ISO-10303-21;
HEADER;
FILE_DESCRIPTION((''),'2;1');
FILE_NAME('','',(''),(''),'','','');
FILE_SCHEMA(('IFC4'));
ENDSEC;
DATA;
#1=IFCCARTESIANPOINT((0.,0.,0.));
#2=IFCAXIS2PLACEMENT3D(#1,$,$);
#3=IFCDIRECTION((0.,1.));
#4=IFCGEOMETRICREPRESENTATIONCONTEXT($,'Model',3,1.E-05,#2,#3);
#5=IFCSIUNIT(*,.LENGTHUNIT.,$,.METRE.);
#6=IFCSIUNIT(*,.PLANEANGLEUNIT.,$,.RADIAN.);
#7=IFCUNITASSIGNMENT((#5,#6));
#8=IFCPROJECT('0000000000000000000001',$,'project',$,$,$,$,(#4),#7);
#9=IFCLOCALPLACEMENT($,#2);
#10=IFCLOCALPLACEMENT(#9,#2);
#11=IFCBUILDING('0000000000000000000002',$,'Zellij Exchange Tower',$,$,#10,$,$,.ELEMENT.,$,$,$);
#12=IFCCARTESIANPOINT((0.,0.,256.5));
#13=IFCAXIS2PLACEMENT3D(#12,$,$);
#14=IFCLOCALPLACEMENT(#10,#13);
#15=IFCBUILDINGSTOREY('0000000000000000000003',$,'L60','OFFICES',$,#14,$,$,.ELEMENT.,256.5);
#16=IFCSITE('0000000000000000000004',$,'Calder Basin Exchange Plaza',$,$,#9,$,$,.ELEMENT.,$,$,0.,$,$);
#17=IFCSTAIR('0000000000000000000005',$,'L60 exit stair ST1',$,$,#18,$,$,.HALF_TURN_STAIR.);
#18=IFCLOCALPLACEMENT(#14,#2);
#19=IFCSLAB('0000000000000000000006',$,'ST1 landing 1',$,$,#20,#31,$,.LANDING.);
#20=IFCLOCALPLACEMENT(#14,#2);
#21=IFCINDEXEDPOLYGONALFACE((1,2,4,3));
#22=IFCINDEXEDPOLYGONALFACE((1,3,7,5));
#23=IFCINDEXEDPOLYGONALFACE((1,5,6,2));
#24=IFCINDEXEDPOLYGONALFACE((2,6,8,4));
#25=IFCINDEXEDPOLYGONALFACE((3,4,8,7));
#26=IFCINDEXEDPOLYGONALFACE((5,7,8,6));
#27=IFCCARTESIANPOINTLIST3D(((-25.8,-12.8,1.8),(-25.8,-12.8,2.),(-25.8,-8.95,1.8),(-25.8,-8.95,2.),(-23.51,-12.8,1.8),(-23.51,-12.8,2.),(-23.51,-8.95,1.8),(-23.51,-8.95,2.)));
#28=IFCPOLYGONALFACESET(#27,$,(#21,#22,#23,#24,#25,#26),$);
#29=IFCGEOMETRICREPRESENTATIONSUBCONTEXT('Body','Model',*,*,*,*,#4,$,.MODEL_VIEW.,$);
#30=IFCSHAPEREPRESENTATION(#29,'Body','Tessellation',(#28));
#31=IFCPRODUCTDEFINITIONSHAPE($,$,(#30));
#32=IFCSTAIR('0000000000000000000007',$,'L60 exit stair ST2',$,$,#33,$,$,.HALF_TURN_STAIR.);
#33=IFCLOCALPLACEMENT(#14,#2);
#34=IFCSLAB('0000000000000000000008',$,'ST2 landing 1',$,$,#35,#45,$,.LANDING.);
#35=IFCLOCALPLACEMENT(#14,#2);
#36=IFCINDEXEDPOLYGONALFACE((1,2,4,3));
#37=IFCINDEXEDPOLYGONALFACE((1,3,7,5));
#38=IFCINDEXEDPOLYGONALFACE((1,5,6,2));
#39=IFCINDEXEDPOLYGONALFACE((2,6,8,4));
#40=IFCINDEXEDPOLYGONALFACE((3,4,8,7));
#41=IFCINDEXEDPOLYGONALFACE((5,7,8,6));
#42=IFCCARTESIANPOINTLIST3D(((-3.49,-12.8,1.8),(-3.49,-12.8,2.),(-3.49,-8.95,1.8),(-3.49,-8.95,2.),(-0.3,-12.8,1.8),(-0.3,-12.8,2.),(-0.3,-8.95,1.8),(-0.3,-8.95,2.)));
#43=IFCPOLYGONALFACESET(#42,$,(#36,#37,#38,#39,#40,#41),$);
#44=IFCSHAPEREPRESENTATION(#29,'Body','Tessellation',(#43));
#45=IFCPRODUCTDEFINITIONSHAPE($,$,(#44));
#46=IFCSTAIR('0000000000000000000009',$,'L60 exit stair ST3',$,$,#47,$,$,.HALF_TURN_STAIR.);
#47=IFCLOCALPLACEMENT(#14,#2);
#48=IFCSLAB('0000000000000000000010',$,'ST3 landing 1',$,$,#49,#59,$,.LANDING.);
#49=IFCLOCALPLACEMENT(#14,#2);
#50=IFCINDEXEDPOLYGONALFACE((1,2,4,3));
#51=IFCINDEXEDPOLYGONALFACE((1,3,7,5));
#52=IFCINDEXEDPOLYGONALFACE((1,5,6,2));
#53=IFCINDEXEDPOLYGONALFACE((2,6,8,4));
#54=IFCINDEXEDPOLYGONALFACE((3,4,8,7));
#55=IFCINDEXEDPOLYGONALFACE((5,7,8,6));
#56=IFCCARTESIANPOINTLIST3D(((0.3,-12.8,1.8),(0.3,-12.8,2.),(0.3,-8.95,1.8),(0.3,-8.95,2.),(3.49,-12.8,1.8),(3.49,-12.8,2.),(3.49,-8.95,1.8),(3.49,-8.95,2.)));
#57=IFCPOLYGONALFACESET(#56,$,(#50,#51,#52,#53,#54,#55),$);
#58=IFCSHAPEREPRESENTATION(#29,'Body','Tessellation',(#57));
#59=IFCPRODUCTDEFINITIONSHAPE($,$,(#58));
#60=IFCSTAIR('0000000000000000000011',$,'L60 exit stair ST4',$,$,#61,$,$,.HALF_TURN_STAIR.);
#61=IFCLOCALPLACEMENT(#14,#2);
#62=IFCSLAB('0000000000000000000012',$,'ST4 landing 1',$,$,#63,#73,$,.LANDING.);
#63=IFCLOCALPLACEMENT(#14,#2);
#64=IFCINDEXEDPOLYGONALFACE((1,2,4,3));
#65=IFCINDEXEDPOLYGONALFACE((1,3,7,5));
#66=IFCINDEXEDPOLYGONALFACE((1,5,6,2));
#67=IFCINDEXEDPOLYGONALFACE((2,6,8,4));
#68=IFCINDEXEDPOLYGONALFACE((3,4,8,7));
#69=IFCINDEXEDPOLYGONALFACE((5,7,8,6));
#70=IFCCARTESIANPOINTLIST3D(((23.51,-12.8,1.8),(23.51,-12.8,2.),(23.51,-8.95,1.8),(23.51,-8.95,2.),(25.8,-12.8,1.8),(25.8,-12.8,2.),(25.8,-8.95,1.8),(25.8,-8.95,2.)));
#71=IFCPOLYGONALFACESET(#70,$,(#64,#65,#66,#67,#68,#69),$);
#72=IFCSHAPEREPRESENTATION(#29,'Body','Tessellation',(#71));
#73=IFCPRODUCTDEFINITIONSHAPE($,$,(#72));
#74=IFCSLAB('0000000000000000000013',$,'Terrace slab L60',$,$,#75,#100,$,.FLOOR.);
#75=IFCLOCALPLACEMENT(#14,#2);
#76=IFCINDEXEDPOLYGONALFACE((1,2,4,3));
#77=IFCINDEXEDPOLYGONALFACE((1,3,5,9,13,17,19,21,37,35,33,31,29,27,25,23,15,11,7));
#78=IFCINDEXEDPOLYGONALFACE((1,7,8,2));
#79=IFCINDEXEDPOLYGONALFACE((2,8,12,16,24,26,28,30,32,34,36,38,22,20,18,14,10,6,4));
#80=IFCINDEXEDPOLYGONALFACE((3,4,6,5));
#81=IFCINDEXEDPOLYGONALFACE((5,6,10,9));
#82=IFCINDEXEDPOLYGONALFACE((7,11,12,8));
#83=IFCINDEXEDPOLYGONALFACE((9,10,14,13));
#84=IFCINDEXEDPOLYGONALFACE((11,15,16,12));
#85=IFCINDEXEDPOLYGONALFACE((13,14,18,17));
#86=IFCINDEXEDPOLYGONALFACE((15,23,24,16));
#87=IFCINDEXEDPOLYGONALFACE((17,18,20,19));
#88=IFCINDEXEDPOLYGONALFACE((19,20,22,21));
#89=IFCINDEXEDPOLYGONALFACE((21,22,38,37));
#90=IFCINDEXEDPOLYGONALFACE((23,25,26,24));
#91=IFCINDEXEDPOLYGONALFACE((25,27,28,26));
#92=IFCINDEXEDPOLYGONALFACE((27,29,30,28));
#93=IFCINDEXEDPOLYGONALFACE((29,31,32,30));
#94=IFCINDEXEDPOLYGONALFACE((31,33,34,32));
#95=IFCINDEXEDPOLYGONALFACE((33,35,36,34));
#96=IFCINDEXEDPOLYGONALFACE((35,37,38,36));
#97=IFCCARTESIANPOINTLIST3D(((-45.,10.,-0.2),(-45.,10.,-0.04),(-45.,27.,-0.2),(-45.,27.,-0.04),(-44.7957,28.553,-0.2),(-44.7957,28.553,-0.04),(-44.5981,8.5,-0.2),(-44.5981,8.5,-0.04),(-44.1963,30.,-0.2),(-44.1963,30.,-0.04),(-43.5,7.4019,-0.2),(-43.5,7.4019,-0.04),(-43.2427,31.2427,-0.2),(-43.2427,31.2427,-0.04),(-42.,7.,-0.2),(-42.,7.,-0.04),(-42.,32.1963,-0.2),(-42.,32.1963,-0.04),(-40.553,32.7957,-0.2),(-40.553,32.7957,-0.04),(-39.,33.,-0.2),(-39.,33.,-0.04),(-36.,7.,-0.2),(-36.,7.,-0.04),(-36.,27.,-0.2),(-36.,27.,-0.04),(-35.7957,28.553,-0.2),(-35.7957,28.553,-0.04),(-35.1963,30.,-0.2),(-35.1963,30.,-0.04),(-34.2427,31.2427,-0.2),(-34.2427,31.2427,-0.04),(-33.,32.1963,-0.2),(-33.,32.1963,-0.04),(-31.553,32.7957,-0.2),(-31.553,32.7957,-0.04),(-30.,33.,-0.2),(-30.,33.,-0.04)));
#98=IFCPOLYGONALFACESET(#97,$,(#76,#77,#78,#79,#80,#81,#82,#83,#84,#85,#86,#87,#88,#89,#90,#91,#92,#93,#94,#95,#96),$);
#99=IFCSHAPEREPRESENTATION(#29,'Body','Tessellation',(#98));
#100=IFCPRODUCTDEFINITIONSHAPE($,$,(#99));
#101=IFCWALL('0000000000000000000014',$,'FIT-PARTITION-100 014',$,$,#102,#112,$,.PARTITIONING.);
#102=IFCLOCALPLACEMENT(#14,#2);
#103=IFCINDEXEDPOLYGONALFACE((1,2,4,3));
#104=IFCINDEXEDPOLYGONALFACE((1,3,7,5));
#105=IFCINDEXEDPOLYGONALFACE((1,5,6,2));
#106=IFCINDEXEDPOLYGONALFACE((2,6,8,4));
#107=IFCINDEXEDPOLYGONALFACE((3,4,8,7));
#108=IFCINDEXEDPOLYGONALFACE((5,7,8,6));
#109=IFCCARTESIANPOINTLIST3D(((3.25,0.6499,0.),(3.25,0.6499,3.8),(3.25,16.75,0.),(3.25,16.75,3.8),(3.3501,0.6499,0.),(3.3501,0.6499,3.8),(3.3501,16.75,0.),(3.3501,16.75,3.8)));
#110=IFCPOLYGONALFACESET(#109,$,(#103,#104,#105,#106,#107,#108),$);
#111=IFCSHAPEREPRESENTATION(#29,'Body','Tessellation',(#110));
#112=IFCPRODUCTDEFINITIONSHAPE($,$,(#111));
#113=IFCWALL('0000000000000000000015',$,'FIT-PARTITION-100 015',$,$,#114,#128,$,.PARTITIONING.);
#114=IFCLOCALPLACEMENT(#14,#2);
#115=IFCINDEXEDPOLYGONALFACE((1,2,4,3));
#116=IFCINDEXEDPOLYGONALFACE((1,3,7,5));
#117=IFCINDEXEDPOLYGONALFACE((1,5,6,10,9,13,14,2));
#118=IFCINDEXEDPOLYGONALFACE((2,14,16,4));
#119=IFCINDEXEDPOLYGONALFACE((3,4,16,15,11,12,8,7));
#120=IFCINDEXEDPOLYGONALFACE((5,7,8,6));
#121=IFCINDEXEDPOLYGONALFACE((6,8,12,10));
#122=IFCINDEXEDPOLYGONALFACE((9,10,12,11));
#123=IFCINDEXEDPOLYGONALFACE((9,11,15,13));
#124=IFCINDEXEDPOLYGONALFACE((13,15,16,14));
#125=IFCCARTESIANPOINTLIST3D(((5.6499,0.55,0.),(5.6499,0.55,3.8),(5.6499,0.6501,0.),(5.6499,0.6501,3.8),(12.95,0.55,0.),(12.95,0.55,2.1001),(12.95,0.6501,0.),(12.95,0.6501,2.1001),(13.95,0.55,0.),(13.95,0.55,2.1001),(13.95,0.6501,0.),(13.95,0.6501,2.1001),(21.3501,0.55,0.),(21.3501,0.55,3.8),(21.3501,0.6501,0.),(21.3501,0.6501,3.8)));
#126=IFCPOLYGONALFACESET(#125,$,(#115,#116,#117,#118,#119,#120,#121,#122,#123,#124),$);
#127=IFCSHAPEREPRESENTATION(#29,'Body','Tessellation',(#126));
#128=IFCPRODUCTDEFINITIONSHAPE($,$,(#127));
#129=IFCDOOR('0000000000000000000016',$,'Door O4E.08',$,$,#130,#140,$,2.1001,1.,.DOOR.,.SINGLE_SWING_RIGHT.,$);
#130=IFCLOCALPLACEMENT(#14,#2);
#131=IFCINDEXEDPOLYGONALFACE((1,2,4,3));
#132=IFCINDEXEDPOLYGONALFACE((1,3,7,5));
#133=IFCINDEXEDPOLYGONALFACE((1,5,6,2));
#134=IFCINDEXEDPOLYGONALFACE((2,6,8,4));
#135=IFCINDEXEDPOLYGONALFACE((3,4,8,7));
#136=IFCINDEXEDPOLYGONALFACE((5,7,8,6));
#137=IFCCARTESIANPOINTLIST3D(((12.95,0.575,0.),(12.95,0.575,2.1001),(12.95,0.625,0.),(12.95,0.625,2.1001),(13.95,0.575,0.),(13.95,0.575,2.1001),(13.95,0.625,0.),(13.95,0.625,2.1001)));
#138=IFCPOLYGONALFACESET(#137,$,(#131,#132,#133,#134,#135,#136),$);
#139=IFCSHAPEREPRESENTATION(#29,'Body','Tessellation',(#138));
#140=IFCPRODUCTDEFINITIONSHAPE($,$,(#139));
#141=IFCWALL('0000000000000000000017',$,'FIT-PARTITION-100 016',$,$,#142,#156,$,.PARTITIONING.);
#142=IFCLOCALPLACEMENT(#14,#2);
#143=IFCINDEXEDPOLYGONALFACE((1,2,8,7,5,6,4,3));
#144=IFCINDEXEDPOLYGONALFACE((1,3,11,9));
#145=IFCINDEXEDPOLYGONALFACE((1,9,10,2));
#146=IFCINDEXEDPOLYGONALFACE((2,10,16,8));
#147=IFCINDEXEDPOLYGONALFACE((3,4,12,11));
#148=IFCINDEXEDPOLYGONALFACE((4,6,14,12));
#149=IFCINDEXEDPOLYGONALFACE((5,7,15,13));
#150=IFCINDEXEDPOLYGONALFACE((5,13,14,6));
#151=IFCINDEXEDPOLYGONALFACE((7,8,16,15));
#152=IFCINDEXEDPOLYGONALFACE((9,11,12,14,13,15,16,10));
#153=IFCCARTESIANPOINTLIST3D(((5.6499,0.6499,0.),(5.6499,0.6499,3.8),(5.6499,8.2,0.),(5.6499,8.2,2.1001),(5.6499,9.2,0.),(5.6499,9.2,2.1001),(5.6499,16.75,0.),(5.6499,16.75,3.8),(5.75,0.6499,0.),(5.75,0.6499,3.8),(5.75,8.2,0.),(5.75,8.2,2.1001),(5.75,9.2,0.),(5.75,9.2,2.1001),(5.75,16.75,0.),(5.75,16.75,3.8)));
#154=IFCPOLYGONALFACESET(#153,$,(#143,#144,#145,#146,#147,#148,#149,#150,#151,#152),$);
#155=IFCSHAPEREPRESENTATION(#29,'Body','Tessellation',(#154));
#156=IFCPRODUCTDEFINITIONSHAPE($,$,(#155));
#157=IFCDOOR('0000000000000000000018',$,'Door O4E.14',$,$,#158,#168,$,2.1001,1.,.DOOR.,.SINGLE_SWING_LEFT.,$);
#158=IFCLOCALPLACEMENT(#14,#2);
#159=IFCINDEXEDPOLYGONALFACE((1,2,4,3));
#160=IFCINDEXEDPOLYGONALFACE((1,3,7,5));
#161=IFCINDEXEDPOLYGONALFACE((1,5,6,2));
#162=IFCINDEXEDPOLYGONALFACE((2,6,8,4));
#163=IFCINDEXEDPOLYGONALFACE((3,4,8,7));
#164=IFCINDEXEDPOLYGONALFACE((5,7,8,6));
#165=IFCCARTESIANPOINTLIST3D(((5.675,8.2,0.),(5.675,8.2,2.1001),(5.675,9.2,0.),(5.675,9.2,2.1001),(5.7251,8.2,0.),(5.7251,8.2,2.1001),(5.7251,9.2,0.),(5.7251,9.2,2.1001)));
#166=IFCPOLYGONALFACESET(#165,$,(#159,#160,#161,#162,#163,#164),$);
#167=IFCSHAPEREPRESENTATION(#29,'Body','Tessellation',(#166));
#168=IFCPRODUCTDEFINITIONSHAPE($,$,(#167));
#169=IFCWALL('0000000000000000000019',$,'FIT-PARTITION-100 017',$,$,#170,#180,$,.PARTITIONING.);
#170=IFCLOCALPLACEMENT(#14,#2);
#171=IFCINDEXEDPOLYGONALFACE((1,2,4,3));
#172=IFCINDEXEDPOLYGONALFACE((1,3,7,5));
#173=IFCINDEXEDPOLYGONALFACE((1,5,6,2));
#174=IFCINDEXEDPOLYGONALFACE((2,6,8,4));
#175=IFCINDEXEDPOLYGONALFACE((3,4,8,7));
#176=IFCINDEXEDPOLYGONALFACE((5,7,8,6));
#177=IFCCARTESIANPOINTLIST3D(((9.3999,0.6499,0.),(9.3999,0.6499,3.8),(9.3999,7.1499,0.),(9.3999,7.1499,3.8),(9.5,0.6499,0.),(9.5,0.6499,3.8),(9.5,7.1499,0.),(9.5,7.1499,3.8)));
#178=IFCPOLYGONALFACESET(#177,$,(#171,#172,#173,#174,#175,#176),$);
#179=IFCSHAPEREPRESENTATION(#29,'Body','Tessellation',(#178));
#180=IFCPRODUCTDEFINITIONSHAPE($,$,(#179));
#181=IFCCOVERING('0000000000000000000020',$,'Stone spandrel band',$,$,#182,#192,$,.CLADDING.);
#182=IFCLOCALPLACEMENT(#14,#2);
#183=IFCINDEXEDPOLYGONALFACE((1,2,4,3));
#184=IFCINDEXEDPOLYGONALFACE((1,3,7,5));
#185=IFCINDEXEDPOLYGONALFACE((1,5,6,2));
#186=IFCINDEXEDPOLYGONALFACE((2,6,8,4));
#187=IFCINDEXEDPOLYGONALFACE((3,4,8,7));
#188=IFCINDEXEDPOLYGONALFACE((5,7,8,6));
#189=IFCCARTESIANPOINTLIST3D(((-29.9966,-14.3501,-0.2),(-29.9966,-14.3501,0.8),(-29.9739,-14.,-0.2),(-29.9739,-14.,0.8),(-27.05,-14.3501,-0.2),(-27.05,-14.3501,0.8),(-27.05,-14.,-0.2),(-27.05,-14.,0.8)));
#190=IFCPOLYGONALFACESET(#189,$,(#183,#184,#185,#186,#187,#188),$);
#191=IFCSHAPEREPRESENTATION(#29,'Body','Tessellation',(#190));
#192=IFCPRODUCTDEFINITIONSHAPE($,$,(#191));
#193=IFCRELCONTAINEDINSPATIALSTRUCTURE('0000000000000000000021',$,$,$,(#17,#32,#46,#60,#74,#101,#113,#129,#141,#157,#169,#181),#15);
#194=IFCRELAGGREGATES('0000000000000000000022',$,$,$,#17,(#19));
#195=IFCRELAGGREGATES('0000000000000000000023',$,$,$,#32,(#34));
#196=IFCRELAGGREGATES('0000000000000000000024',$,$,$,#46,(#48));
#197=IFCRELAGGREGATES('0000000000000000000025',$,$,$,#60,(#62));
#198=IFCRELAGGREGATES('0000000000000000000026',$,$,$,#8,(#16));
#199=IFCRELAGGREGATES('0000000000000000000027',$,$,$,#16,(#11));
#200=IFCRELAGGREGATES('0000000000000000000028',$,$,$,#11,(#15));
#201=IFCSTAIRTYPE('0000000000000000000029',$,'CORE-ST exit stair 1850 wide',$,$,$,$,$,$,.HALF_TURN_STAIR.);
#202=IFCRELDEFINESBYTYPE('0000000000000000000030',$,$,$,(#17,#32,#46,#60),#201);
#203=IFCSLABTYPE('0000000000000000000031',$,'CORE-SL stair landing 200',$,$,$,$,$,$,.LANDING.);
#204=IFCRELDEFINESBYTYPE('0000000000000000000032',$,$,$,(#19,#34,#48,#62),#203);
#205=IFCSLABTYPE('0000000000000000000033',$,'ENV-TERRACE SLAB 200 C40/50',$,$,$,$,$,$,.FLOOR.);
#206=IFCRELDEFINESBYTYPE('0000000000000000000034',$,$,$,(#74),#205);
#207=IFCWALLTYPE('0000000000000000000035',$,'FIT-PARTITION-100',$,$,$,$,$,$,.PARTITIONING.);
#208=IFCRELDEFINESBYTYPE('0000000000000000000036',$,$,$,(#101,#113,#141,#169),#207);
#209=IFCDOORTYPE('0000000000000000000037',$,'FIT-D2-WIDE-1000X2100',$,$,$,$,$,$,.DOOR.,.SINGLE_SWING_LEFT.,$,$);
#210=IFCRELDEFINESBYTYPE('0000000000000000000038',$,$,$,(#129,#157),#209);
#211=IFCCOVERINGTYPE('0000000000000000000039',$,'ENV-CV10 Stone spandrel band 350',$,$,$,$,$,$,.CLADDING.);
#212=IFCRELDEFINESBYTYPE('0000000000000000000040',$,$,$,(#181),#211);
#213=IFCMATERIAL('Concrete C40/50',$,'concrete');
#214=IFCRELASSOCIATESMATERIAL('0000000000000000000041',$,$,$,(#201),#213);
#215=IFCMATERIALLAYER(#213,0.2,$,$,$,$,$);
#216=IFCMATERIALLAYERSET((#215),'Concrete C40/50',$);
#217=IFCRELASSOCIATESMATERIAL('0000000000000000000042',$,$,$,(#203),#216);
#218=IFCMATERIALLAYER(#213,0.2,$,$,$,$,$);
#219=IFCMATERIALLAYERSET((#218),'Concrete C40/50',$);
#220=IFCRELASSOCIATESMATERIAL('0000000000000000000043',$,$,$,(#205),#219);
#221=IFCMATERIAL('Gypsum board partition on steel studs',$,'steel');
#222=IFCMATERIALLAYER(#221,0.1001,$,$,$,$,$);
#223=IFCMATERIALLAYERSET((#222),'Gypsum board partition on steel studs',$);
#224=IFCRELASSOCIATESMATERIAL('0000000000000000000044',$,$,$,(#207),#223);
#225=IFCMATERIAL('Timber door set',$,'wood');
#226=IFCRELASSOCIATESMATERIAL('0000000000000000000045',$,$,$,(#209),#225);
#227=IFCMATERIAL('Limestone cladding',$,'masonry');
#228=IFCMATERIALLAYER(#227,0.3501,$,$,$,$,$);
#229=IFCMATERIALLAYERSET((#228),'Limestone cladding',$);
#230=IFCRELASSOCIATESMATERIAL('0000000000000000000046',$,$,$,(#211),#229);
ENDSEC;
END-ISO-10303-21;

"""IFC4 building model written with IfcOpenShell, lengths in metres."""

from ifc_helpers import new_model, si_unit, direction, frame, frame_2d, origin, place, context, subcontext, project, spatial, polyline, rectangle, outline, extrude, material, layer, layer_set, type_object, element, fill, aggregate, save


model = new_model("IFC4")

# Units and contexts
model_context = context("Model", 3, precision=1e-05, world=origin(), true_north=direction((0.0, 1.0)))
body_context = subcontext(model_context, "Body", "Model", "MODEL_VIEW")
ifc_project = project(units=[si_unit("LENGTHUNIT", "METRE"), si_unit("PLANEANGLEUNIT", "RADIAN")], contexts=[model_context])

# Site, building, storey
site_placement = place(None, origin())
site = spatial("IfcSite", under=ifc_project, at=site_placement, Name="Calder Basin Exchange Plaza", CompositionType="ELEMENT", RefElevation=0.0)
building_placement = place(site_placement, origin())
building = spatial("IfcBuilding", under=site, at=building_placement, Name="Zellij Exchange Tower", CompositionType="ELEMENT")
storey_placement = place(building_placement, frame((0.0, 0.0, 256.5)))
storey = spatial("IfcBuildingStorey", under=building, at=storey_placement, Name="L60", Description="OFFICES", CompositionType="ELEMENT", Elevation=256.5)

# Stairs, slabs
ifc_material_1 = material(Name="Concrete C40/50", Category="concrete")
stair_type = type_object("IfcStairType", Name="CORE-ST exit stair 1850 wide", PredefinedType="HALF_TURN_STAIR", material=ifc_material_1)
stair_1_placement = place(storey_placement, origin())
stair_1 = element("IfcStair", 1, at=stair_1_placement, inside=storey, type_object=stair_type, Name="L60 exit stair ST1", PredefinedType="HALF_TURN_STAIR")
ifc_layer_1 = layer(ifc_material_1, 0.2)
ifc_layer_set_1 = layer_set([ifc_layer_1], Name="Concrete C40/50")
slab_type_1 = type_object("IfcSlabType", Name="CORE-SL stair landing 200", PredefinedType="LANDING", material=ifc_layer_set_1)
slab_1_placement = place(storey_placement, frame((0.0, 0.0, 1.8)))
slab_1 = element("IfcSlab", 2, at=slab_1_placement, type_object=slab_type_1, Name="ST1 landing 1", PredefinedType="LANDING", context=body_context, shape_type="SweptSolid", body=[
    extrude(outline(polyline([(-23.51, -8.95), (-25.8, -8.95), (-25.8, -12.8), (-23.51, -12.8), (-23.51, -8.95)])), origin(), (0.0, 0.0, 1.0), 0.2),
])
aggregate(stair_1, [slab_1])
stair_2_placement = place(storey_placement, origin())
stair_2 = element("IfcStair", 3, at=stair_2_placement, inside=storey, type_object=stair_type, Name="L60 exit stair ST2", PredefinedType="HALF_TURN_STAIR")
slab_2_placement = place(storey_placement, frame((0.0, 0.0, 1.8)))
slab_2 = element("IfcSlab", 4, at=slab_2_placement, type_object=slab_type_1, Name="ST2 landing 1", PredefinedType="LANDING", context=body_context, shape_type="SweptSolid", body=[
    extrude(outline(polyline([(-3.49, -12.8), (-0.3, -12.8), (-0.3, -8.95), (-3.49, -8.95), (-3.49, -12.8)])), origin(), (0.0, 0.0, 1.0), 0.2),
])
aggregate(stair_2, [slab_2])
stair_3_placement = place(storey_placement, origin())
stair_3 = element("IfcStair", 5, at=stair_3_placement, inside=storey, type_object=stair_type, Name="L60 exit stair ST3", PredefinedType="HALF_TURN_STAIR")
slab_3_placement = place(storey_placement, frame((0.0, 0.0, 1.8)))
slab_3 = element("IfcSlab", 6, at=slab_3_placement, type_object=slab_type_1, Name="ST3 landing 1", PredefinedType="LANDING", context=body_context, shape_type="SweptSolid", body=[
    extrude(outline(polyline([(3.49, -8.95), (0.3, -8.95), (0.3, -12.8), (3.49, -12.8), (3.49, -8.95)])), origin(), (0.0, 0.0, 1.0), 0.2),
])
aggregate(stair_3, [slab_3])
stair_4_placement = place(storey_placement, origin())
stair_4 = element("IfcStair", 7, at=stair_4_placement, inside=storey, type_object=stair_type, Name="L60 exit stair ST4", PredefinedType="HALF_TURN_STAIR")
slab_4_placement = place(storey_placement, frame((0.0, 0.0, 1.8)))
slab_4 = element("IfcSlab", 8, at=slab_4_placement, type_object=slab_type_1, Name="ST4 landing 1", PredefinedType="LANDING", context=body_context, shape_type="SweptSolid", body=[
    extrude(outline(polyline([(23.51, -12.8), (25.8, -12.8), (25.8, -8.95), (23.51, -8.95), (23.51, -12.8)])), origin(), (0.0, 0.0, 1.0), 0.2),
])
aggregate(stair_4, [slab_4])

# Slab
ifc_layer_2 = layer(ifc_material_1, 0.2)
ifc_layer_set_2 = layer_set([ifc_layer_2], Name="Concrete C40/50")
slab_type_2 = type_object("IfcSlabType", Name="ENV-TERRACE SLAB 200 C40/50", PredefinedType="FLOOR", material=ifc_layer_set_2)
slab_5_placement = place(storey_placement, frame((0.0, 0.0, -0.2)))
element("IfcSlab", 9, at=slab_5_placement, inside=storey, type_object=slab_type_2, Name="Terrace slab L60", PredefinedType="FLOOR", context=body_context, shape_type="SweptSolid", body=[
    extrude(outline(polyline([(-44.5981, 8.5), (-43.5, 7.4019), (-42.0, 7.0), (-36.0, 7.0), (-36.0, 27.0), (-35.7957, 28.553), (-35.1963, 30.0), (-34.2427, 31.2427), (-33.0, 32.1963), (-31.553, 32.7957), (-30.0, 33.0), (-39.0, 33.0), (-40.553, 32.7957), (-42.0, 32.1963), (-43.2427, 31.2427), (-44.1963, 30.0), (-44.7957, 28.553), (-45.0, 27.0), (-45.0, 10.0), (-44.5981, 8.5)])), origin(), (0.0, 0.0, 1.0), 0.1599),
])

# Wall
ifc_material_2 = material(Name="Gypsum board partition on steel studs", Category="steel")
ifc_layer_3 = layer(ifc_material_2, 0.1001)
ifc_layer_set_3 = layer_set([ifc_layer_3], Name="Gypsum board partition on steel studs")
wall_type = type_object("IfcWallType", Name="FIT-PARTITION-100", PredefinedType="PARTITIONING", material=ifc_layer_set_3)
wall_1_placement = place(storey_placement, frame((3.3, 0.6499, 0.0), z_axis=(0.0, 0.0, 1.0), x_axis=(0.0, 1.0, 0.0)))
element("IfcWall", 10, at=wall_1_placement, inside=storey, type_object=wall_type, Name="FIT-PARTITION-100 014", PredefinedType="PARTITIONING", context=body_context, shape_type="SweptSolid", body=[
    extrude(rectangle(XDim=16.1001, YDim=0.1001, at=frame_2d((8.05, 0.0))), origin(), (0.0, 0.0, 1.0), 3.8),
])

# Walls, openings, doors
wall_2_placement = place(storey_placement, frame((5.6499, 0.6001, 0.0), z_axis=(0.0, 0.0, 1.0), x_axis=(1.0, 0.0, 0.0)))
wall_2 = element("IfcWall", 11, at=wall_2_placement, inside=storey, type_object=wall_type, Name="FIT-PARTITION-100 015", PredefinedType="PARTITIONING", context=body_context, shape_type="SweptSolid", body=[
    extrude(rectangle(XDim=15.7002, YDim=0.1001, at=frame_2d((7.8501, 0.0))), origin(), (0.0, 0.0, 1.0), 3.8),
])
opening_1_placement = place(wall_2_placement, frame((7.3, 0.0, 0.0)))
opening_1 = element("IfcOpeningElement", 12, at=opening_1_placement, cuts=wall_2, PredefinedType="OPENING", context=body_context, shape_type="SweptSolid", body=[
    extrude(rectangle(XDim=1.0, YDim=2.1001, at=frame_2d((0.5, 1.05))), frame((0.0, 0.062, 0.0), z_axis=(0.0, -1.0, 0.0), x_axis=(1.0, 0.0, 0.0)), (0.0, 0.0, 1.0), 0.124),
])
ifc_material_3 = material(Name="Timber door set", Category="wood")
door_type = type_object("IfcDoorType", Name="FIT-D2-WIDE-1000X2100", OperationType="SINGLE_SWING_LEFT", PredefinedType="DOOR", material=ifc_material_3)
door_1_placement = place(opening_1_placement, origin())
door_1 = element("IfcDoor", 13, at=door_1_placement, inside=storey, type_object=door_type, Name="Door O4E.08", OperationType="SINGLE_SWING_RIGHT", OverallHeight=2.1001, OverallWidth=1.0, PredefinedType="DOOR", context=body_context, shape_type="SweptSolid", body=[
    extrude(rectangle(XDim=1.0, YDim=2.1001, at=frame_2d((0.5, 1.05))), frame((0.0, 0.0249, 0.0), z_axis=(0.0, -1.0, 0.0), x_axis=(1.0, 0.0, 0.0)), (0.0, 0.0, 1.0), 0.05),
])
fill(opening_1, door_1)
wall_3_placement = place(storey_placement, frame((5.7, 0.6499, 0.0), z_axis=(0.0, 0.0, 1.0), x_axis=(0.0, 1.0, 0.0)))
wall_3 = element("IfcWall", 14, at=wall_3_placement, inside=storey, type_object=wall_type, Name="FIT-PARTITION-100 016", PredefinedType="PARTITIONING", context=body_context, shape_type="SweptSolid", body=[
    extrude(rectangle(XDim=16.1001, YDim=0.1001, at=frame_2d((8.05, 0.0))), origin(), (0.0, 0.0, 1.0), 3.8),
])
opening_2_placement = place(wall_3_placement, frame((7.55, 0.0, 0.0)))
opening_2 = element("IfcOpeningElement", 15, at=opening_2_placement, cuts=wall_3, PredefinedType="OPENING", context=body_context, shape_type="SweptSolid", body=[
    extrude(rectangle(XDim=1.0, YDim=2.1001, at=frame_2d((0.5, 1.05))), frame((0.0, 0.062, 0.0), z_axis=(0.0, -1.0, 0.0), x_axis=(1.0, 0.0, 0.0)), (0.0, 0.0, 1.0), 0.124),
])
door_2_placement = place(opening_2_placement, origin())
door_2 = element("IfcDoor", 16, at=door_2_placement, inside=storey, type_object=door_type, Name="Door O4E.14", OperationType="SINGLE_SWING_LEFT", OverallHeight=2.1001, OverallWidth=1.0, PredefinedType="DOOR", context=body_context, shape_type="SweptSolid", body=[
    extrude(rectangle(XDim=1.0, YDim=2.1001, at=frame_2d((0.5, 1.05))), frame((0.0, 0.0249, 0.0), z_axis=(0.0, -1.0, 0.0), x_axis=(1.0, 0.0, 0.0)), (0.0, 0.0, 1.0), 0.05),
])
fill(opening_2, door_2)

# Wall
wall_4_placement = place(storey_placement, frame((9.45, 0.6499, 0.0), z_axis=(0.0, 0.0, 1.0), x_axis=(0.0, 1.0, 0.0)))
element("IfcWall", 17, at=wall_4_placement, inside=storey, type_object=wall_type, Name="FIT-PARTITION-100 017", PredefinedType="PARTITIONING", context=body_context, shape_type="SweptSolid", body=[
    extrude(rectangle(XDim=6.5, YDim=0.1001, at=frame_2d((3.25, 0.0))), origin(), (0.0, 0.0, 1.0), 3.8),
])

# Covering
ifc_material_4 = material(Name="Limestone cladding", Category="masonry")
ifc_layer_4 = layer(ifc_material_4, 0.3501)
ifc_layer_set_4 = layer_set([ifc_layer_4], Name="Limestone cladding")
covering_type_1 = type_object("IfcCoveringType", Name="ENV-CV10 Stone spandrel band 350", PredefinedType="CLADDING", material=ifc_layer_set_4)
covering_1_placement = place(storey_placement, frame((0.0, 0.0, -0.2)))
element("IfcCovering", 18, at=covering_1_placement, inside=storey, type_object=covering_type_1, Name="Stone spandrel band", PredefinedType="CLADDING", context=body_context, shape_type="SweptSolid", body=[
    extrude(outline(polyline([(-29.9739, -14.0), (-27.05, -14.0), (-27.05, -14.3501), (-29.9966, -14.3501), (-29.9739, -14.0)])), origin(), (0.0, 0.0, 1.0), 1.0),
])

save(model, "model.ifc")
